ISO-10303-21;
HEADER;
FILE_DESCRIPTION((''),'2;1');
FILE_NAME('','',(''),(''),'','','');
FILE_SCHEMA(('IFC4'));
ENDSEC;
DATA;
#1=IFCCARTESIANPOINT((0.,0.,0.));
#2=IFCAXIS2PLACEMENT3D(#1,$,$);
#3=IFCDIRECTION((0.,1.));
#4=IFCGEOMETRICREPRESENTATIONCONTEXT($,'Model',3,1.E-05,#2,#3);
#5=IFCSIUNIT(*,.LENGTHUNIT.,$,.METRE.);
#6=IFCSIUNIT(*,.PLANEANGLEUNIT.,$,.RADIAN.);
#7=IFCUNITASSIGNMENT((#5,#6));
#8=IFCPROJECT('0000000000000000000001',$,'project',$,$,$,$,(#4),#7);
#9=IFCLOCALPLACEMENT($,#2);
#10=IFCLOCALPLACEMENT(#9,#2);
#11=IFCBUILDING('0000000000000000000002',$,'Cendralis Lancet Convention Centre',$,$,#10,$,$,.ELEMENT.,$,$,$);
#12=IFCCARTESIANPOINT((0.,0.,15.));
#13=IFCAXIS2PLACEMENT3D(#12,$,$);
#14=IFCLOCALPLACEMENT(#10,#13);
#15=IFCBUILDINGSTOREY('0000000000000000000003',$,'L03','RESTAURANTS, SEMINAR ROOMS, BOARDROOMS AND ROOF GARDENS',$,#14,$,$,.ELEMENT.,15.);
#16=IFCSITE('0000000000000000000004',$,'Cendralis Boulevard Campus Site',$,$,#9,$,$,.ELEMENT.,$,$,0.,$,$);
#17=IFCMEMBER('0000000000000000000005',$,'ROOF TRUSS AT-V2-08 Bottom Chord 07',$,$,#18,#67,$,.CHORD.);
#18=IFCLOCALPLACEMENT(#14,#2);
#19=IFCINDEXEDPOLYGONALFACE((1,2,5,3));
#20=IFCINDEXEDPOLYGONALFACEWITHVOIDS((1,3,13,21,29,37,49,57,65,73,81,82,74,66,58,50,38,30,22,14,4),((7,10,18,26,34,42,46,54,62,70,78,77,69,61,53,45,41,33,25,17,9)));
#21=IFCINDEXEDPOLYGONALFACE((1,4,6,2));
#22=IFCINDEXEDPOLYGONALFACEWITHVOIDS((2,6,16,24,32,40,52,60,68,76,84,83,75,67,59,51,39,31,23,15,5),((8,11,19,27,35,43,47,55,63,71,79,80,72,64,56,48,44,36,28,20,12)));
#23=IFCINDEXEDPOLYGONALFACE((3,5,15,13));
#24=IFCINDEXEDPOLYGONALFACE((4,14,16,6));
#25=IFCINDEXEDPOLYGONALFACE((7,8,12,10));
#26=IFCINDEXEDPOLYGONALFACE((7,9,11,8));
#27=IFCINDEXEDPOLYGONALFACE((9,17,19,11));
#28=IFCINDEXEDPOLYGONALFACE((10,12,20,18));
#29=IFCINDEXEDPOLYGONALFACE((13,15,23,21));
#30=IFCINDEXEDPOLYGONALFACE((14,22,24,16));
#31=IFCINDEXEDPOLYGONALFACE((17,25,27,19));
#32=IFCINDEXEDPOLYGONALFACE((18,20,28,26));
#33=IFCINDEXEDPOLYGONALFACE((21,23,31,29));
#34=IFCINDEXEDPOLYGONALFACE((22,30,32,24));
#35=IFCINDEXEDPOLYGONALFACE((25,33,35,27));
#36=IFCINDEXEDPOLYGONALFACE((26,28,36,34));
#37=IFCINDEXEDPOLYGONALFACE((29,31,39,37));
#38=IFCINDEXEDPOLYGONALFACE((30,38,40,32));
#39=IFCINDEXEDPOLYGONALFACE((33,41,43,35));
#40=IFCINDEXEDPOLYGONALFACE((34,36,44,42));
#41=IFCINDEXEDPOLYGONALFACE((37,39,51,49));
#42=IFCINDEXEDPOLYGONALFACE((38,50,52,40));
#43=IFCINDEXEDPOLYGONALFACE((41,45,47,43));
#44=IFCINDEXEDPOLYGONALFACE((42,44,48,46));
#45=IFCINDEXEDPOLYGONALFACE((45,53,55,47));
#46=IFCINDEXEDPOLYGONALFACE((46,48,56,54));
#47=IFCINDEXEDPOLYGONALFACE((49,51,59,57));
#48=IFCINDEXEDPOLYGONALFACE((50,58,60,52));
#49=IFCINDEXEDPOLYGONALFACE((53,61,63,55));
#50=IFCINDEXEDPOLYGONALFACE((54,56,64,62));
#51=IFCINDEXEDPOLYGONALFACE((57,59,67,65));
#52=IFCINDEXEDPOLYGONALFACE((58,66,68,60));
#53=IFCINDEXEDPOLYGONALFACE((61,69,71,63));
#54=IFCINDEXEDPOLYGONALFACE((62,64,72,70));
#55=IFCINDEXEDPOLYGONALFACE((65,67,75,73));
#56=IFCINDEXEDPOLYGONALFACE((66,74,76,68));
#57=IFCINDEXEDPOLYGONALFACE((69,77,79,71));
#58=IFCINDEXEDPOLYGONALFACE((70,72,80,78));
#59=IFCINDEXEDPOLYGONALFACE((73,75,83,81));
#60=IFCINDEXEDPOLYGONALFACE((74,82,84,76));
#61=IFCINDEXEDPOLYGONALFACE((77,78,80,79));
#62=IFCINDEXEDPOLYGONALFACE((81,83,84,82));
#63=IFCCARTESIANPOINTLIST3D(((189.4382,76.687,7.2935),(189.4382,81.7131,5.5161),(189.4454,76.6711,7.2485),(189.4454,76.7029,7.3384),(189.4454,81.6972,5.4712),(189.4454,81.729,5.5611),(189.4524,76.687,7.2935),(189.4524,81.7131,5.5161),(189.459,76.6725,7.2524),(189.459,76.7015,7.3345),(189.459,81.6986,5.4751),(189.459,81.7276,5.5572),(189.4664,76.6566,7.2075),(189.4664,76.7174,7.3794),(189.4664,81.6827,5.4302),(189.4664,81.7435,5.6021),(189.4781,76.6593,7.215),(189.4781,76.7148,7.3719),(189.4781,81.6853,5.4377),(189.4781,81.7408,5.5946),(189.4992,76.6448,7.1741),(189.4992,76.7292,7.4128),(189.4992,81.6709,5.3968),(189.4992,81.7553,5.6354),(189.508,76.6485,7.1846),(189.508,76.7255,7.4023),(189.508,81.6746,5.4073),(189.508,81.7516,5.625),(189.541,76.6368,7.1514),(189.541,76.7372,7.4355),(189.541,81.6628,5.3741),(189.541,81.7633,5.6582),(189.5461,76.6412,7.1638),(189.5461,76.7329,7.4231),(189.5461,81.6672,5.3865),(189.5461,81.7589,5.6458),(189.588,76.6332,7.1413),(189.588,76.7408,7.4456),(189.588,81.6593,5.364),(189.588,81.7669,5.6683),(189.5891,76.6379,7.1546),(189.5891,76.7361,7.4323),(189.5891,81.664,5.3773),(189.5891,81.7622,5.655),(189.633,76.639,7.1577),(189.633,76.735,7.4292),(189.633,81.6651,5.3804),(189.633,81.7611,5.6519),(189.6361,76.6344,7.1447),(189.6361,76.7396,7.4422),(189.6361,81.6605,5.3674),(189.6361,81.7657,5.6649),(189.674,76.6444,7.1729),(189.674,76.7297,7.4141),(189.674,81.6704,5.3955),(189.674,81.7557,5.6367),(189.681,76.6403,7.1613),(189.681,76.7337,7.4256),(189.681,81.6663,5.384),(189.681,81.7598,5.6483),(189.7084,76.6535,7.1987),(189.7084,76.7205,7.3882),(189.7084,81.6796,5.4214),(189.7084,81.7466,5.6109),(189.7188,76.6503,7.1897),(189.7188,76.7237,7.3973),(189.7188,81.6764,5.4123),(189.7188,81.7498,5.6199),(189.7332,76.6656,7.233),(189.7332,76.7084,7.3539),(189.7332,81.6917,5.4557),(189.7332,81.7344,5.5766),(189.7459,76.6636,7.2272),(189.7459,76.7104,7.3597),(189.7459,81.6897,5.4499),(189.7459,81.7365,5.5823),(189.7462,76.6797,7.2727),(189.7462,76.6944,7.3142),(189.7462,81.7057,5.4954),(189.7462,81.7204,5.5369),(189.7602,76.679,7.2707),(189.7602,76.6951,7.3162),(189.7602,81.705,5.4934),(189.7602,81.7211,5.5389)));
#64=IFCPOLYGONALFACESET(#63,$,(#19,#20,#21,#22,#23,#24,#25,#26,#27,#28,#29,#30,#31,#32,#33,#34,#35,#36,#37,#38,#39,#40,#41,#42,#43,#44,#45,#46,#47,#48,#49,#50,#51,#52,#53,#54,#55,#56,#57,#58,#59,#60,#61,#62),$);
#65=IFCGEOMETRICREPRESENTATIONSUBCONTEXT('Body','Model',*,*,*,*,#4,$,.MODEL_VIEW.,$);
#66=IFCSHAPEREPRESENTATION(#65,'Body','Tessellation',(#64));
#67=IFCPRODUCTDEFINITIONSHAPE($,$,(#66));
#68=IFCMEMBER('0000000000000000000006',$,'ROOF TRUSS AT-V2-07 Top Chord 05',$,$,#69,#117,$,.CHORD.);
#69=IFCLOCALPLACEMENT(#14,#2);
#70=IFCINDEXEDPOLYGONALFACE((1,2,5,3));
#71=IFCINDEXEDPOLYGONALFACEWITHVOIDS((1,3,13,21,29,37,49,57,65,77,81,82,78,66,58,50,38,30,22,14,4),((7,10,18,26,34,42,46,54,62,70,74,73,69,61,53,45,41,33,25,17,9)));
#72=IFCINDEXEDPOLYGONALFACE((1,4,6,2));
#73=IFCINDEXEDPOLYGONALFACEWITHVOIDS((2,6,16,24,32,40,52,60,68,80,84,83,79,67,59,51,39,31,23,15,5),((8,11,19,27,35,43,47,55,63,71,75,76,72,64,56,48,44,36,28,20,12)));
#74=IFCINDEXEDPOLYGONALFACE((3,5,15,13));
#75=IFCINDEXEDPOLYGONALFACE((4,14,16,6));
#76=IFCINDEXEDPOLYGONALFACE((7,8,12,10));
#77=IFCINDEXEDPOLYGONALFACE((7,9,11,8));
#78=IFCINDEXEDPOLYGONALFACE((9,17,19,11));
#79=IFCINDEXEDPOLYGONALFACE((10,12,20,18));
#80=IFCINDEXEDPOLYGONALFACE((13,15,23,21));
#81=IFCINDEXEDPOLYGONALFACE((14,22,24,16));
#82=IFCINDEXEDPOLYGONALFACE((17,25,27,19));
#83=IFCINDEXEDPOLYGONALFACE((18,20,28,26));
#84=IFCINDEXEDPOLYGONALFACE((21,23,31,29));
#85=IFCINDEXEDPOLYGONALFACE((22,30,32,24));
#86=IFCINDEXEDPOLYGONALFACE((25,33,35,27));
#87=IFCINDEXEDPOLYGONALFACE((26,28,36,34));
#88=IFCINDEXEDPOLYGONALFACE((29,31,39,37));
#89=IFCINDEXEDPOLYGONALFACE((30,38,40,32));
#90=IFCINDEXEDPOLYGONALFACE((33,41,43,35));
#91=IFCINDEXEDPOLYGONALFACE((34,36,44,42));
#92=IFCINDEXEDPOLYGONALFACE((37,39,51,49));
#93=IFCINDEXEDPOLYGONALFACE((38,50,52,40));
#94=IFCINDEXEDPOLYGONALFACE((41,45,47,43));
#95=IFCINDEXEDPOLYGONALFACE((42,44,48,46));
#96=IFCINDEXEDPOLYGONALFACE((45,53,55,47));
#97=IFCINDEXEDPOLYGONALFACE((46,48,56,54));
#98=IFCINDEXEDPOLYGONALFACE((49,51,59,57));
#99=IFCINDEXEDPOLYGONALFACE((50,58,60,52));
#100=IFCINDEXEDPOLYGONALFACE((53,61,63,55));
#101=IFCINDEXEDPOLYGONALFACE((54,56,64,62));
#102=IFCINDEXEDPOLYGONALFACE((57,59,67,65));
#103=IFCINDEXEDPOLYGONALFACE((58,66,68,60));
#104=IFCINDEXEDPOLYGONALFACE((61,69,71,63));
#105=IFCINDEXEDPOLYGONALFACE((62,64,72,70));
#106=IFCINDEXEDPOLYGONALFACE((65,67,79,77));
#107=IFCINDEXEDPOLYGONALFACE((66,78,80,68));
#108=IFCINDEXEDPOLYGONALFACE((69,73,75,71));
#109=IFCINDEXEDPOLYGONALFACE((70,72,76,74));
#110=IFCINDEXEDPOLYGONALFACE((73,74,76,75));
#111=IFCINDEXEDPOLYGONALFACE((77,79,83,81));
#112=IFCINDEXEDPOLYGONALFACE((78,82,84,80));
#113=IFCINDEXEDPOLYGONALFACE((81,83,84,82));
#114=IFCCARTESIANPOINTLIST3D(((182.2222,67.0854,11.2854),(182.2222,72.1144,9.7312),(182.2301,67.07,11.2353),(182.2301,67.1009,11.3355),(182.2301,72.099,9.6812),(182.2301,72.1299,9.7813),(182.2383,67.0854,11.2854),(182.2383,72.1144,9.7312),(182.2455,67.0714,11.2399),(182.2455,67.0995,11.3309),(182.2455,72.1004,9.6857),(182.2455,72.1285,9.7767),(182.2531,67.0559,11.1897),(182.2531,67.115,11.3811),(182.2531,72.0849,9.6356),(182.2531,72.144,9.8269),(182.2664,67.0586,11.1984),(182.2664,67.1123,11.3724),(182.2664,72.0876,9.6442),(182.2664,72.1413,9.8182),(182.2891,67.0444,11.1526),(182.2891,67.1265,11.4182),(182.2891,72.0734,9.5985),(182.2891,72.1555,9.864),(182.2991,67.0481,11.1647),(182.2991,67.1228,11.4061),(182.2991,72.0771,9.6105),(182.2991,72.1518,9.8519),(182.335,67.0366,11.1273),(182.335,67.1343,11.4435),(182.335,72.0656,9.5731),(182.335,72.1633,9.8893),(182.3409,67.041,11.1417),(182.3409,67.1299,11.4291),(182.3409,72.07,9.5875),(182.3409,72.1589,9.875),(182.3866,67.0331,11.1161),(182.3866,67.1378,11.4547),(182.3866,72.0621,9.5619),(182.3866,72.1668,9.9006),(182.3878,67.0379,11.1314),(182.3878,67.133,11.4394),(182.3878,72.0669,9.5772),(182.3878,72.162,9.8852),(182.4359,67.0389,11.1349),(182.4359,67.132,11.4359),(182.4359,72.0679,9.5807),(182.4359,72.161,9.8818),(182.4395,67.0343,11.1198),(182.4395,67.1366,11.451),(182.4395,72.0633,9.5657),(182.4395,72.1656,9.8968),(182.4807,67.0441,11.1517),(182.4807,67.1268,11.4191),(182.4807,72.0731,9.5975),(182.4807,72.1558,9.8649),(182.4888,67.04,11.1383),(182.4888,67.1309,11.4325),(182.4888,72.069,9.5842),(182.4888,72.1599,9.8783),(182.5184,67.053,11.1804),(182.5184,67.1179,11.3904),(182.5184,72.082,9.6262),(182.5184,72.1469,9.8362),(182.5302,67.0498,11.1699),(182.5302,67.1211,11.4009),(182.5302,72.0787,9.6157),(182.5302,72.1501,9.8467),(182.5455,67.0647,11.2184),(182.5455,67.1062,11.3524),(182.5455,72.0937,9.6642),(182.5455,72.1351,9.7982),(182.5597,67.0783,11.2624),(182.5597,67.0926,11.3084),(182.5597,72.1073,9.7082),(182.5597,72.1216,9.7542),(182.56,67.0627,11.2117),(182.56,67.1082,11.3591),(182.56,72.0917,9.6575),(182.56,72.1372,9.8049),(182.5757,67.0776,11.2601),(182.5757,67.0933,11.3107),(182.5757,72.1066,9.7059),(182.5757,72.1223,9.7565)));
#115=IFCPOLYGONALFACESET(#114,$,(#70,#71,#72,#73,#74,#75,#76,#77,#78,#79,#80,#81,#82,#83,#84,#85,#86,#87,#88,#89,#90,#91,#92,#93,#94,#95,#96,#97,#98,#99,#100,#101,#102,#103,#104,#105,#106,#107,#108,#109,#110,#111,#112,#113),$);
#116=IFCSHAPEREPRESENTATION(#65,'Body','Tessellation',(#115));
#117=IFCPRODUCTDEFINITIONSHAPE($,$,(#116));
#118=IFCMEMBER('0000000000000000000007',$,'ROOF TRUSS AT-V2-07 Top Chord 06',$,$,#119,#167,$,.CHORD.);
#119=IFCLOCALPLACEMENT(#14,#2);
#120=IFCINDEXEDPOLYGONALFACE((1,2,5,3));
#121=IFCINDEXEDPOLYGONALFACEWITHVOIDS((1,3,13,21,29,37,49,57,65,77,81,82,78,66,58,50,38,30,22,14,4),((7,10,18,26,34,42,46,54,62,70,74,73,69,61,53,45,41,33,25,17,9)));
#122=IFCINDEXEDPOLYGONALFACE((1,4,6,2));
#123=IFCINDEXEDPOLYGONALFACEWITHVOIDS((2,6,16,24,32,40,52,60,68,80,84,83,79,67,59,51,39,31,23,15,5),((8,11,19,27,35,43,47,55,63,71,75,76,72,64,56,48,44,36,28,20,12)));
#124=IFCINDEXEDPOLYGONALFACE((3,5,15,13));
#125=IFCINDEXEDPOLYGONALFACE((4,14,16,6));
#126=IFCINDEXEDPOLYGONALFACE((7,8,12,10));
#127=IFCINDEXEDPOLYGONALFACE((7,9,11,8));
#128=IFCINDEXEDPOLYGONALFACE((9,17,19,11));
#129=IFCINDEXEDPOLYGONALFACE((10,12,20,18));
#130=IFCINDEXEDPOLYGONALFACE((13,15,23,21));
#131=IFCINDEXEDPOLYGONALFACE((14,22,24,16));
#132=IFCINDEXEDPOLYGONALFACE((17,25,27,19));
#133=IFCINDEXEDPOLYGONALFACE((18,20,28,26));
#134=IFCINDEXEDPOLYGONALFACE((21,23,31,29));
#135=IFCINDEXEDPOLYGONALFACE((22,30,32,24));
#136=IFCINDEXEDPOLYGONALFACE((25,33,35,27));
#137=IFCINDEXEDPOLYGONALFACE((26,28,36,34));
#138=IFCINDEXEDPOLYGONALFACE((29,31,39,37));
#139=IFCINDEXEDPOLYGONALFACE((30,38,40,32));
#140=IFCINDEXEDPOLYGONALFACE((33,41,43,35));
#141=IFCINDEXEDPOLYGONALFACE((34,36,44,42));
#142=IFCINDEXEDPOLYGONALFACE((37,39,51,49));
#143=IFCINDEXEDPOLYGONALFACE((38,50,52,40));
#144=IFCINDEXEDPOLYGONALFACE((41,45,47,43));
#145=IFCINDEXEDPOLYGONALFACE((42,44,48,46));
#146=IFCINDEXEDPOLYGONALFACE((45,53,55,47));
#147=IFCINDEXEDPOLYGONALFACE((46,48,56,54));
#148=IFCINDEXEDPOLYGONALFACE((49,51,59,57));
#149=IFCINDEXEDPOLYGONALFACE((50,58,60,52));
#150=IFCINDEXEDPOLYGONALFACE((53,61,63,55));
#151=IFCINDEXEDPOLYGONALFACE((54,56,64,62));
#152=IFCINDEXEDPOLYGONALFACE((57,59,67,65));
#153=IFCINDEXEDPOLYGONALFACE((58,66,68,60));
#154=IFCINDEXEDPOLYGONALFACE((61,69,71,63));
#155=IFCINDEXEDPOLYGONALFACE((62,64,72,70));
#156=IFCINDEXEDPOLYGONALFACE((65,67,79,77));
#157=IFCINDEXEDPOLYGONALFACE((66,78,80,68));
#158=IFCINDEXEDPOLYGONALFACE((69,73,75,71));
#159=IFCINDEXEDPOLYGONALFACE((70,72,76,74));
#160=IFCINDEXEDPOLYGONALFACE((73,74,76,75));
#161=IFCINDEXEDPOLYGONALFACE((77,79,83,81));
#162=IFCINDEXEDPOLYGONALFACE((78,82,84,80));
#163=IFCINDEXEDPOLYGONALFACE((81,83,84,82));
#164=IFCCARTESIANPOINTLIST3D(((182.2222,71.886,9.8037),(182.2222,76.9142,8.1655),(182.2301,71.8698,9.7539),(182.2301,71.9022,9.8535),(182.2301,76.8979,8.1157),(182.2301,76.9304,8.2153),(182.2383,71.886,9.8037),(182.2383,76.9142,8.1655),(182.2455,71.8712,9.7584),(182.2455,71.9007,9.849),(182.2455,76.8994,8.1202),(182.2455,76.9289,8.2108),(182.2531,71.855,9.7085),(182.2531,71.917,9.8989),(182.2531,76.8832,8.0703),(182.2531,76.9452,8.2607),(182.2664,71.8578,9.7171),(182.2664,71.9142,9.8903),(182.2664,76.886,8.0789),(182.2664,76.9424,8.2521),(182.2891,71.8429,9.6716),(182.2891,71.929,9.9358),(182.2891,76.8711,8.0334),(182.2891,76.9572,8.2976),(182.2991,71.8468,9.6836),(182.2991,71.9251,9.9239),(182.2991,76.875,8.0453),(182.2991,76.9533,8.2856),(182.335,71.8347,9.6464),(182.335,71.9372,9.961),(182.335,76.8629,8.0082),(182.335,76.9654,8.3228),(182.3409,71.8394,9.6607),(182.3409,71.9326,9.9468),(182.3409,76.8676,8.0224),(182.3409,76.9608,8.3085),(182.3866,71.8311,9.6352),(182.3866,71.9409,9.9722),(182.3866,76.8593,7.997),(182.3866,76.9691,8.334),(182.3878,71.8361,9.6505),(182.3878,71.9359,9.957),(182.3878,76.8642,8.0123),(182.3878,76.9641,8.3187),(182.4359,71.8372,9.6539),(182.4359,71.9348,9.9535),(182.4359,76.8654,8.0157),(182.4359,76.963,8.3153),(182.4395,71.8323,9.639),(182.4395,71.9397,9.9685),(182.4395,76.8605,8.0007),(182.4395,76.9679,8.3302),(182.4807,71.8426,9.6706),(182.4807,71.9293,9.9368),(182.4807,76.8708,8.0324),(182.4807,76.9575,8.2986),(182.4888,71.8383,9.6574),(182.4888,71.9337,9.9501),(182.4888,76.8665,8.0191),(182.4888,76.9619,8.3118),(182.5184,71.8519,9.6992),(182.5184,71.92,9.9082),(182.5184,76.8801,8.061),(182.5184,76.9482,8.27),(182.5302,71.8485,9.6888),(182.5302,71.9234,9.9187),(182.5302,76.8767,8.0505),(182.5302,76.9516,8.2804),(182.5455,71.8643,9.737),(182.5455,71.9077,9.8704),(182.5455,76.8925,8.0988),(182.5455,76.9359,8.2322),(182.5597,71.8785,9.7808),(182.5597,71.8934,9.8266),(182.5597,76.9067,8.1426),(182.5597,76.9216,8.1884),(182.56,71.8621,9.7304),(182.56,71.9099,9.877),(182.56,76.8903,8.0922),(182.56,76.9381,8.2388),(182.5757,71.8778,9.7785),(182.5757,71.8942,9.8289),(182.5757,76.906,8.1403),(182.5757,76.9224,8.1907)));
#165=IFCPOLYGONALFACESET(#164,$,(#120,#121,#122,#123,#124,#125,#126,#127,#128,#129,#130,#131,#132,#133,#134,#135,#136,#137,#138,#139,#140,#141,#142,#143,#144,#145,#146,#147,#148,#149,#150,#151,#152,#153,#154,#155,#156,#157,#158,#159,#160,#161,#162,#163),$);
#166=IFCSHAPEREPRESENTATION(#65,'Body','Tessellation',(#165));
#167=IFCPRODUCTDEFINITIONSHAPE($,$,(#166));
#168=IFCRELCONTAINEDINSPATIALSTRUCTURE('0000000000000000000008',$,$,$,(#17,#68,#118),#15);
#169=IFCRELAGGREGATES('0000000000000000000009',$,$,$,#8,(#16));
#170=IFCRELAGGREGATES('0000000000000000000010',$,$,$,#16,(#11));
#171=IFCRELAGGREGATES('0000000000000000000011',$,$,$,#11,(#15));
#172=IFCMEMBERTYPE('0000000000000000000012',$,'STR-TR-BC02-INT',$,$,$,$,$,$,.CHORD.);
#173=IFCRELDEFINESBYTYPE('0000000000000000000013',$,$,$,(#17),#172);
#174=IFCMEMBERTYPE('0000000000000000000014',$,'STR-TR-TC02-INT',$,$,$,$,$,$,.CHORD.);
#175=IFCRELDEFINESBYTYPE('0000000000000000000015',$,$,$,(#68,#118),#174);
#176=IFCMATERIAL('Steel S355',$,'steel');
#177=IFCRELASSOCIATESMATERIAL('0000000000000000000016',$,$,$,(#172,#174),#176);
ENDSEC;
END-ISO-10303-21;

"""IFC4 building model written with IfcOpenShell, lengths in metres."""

from ifc_helpers import new_model, si_unit, direction, frame, origin, origin_2d, place, context, subcontext, project, spatial, hollow_circle, extrude, material, material_profile, profile_set, type_object, element, save


model = new_model("IFC4")

# Units and contexts
model_context = context("Model", 3, precision=1e-05, world=origin(), true_north=direction((0.0, 1.0)))
body_context = subcontext(model_context, "Body", "Model", "MODEL_VIEW")
ifc_project = project(units=[si_unit("LENGTHUNIT", "METRE"), si_unit("PLANEANGLEUNIT", "RADIAN")], contexts=[model_context])

# Site, building, storey
site_placement = place(None, origin())
site = spatial("IfcSite", under=ifc_project, at=site_placement, Name="Cendralis Boulevard Campus Site", CompositionType="ELEMENT", RefElevation=0.0)
building_placement = place(site_placement, origin())
building = spatial("IfcBuilding", under=site, at=building_placement, Name="Cendralis Lancet Convention Centre", CompositionType="ELEMENT")
storey_placement = place(building_placement, frame((0.0, 0.0, 15.0)))
storey = spatial("IfcBuildingStorey", under=building, at=storey_placement, Name="L03", Description="RESTAURANTS, SEMINAR ROOMS, BOARDROOMS AND ROOF GARDENS", CompositionType="ELEMENT", Elevation=15.0)

# Shared definitions
ifc_material = material(Name="Steel S355", Category="steel")

# Members
ifc_material_profile_1 = material_profile(ifc_material, hollow_circle(Radius=0.1619, WallThickness=0.0142, at=origin_2d()), Name="CHS 323.9x14.2")
ifc_profile_set_1 = profile_set([ifc_material_profile_1], Name="Steel S355")
member_type_1 = type_object("IfcMemberType", Name="STR-TR-BC02-INT", PredefinedType="CHORD", material=ifc_profile_set_1)
member_1_placement = place(storey_placement, frame((189.6001, 76.687, 7.2935), z_axis=(0.0, 0.942789, -0.33339), x_axis=(-1.0, 0.0, 0.0)))
element("IfcMember", 1, at=member_1_placement, inside=storey, type_object=member_type_1, Name="ROOF TRUSS AT-V2-08 Bottom Chord 07", PredefinedType="CHORD", context=body_context, shape_type="SweptSolid", body=[
    extrude(hollow_circle(Radius=0.1619, WallThickness=0.0142, at=origin_2d()), origin(), (0.0, 0.0, 1.0), 5.3311),
])
ifc_material_profile_2 = material_profile(ifc_material, hollow_circle(Radius=0.1777, WallThickness=0.0161, at=origin_2d()), Name="CHS 355.6x16.0")
ifc_profile_set_2 = profile_set([ifc_material_profile_2], Name="Steel S355")
member_type_2 = type_object("IfcMemberType", Name="STR-TR-TC02-INT", PredefinedType="CHORD", material=ifc_profile_set_2)
member_2_placement = place(storey_placement, frame((182.3999, 67.0854, 11.2854), z_axis=(0.0, 0.955415, -0.295265), x_axis=(-1.0, 0.0, 0.0)))
element("IfcMember", 2, at=member_2_placement, inside=storey, type_object=member_type_2, Name="ROOF TRUSS AT-V2-07 Top Chord 05", PredefinedType="CHORD", context=body_context, shape_type="SweptSolid", body=[
    extrude(hollow_circle(Radius=0.1777, WallThickness=0.0161, at=origin_2d()), origin(), (0.0, 0.0, 1.0), 5.2637),
])
member_3_placement = place(storey_placement, frame((182.3999, 71.886, 9.8037), z_axis=(0.0, 0.950808, -0.30978), x_axis=(-1.0, 0.0, 0.0)))
element("IfcMember", 3, at=member_3_placement, inside=storey, type_object=member_type_2, Name="ROOF TRUSS AT-V2-07 Top Chord 06", PredefinedType="CHORD", context=body_context, shape_type="SweptSolid", body=[
    extrude(hollow_circle(Radius=0.1777, WallThickness=0.0161, at=origin_2d()), origin(), (0.0, 0.0, 1.0), 5.2883),
])

save(model, "model.ifc")
